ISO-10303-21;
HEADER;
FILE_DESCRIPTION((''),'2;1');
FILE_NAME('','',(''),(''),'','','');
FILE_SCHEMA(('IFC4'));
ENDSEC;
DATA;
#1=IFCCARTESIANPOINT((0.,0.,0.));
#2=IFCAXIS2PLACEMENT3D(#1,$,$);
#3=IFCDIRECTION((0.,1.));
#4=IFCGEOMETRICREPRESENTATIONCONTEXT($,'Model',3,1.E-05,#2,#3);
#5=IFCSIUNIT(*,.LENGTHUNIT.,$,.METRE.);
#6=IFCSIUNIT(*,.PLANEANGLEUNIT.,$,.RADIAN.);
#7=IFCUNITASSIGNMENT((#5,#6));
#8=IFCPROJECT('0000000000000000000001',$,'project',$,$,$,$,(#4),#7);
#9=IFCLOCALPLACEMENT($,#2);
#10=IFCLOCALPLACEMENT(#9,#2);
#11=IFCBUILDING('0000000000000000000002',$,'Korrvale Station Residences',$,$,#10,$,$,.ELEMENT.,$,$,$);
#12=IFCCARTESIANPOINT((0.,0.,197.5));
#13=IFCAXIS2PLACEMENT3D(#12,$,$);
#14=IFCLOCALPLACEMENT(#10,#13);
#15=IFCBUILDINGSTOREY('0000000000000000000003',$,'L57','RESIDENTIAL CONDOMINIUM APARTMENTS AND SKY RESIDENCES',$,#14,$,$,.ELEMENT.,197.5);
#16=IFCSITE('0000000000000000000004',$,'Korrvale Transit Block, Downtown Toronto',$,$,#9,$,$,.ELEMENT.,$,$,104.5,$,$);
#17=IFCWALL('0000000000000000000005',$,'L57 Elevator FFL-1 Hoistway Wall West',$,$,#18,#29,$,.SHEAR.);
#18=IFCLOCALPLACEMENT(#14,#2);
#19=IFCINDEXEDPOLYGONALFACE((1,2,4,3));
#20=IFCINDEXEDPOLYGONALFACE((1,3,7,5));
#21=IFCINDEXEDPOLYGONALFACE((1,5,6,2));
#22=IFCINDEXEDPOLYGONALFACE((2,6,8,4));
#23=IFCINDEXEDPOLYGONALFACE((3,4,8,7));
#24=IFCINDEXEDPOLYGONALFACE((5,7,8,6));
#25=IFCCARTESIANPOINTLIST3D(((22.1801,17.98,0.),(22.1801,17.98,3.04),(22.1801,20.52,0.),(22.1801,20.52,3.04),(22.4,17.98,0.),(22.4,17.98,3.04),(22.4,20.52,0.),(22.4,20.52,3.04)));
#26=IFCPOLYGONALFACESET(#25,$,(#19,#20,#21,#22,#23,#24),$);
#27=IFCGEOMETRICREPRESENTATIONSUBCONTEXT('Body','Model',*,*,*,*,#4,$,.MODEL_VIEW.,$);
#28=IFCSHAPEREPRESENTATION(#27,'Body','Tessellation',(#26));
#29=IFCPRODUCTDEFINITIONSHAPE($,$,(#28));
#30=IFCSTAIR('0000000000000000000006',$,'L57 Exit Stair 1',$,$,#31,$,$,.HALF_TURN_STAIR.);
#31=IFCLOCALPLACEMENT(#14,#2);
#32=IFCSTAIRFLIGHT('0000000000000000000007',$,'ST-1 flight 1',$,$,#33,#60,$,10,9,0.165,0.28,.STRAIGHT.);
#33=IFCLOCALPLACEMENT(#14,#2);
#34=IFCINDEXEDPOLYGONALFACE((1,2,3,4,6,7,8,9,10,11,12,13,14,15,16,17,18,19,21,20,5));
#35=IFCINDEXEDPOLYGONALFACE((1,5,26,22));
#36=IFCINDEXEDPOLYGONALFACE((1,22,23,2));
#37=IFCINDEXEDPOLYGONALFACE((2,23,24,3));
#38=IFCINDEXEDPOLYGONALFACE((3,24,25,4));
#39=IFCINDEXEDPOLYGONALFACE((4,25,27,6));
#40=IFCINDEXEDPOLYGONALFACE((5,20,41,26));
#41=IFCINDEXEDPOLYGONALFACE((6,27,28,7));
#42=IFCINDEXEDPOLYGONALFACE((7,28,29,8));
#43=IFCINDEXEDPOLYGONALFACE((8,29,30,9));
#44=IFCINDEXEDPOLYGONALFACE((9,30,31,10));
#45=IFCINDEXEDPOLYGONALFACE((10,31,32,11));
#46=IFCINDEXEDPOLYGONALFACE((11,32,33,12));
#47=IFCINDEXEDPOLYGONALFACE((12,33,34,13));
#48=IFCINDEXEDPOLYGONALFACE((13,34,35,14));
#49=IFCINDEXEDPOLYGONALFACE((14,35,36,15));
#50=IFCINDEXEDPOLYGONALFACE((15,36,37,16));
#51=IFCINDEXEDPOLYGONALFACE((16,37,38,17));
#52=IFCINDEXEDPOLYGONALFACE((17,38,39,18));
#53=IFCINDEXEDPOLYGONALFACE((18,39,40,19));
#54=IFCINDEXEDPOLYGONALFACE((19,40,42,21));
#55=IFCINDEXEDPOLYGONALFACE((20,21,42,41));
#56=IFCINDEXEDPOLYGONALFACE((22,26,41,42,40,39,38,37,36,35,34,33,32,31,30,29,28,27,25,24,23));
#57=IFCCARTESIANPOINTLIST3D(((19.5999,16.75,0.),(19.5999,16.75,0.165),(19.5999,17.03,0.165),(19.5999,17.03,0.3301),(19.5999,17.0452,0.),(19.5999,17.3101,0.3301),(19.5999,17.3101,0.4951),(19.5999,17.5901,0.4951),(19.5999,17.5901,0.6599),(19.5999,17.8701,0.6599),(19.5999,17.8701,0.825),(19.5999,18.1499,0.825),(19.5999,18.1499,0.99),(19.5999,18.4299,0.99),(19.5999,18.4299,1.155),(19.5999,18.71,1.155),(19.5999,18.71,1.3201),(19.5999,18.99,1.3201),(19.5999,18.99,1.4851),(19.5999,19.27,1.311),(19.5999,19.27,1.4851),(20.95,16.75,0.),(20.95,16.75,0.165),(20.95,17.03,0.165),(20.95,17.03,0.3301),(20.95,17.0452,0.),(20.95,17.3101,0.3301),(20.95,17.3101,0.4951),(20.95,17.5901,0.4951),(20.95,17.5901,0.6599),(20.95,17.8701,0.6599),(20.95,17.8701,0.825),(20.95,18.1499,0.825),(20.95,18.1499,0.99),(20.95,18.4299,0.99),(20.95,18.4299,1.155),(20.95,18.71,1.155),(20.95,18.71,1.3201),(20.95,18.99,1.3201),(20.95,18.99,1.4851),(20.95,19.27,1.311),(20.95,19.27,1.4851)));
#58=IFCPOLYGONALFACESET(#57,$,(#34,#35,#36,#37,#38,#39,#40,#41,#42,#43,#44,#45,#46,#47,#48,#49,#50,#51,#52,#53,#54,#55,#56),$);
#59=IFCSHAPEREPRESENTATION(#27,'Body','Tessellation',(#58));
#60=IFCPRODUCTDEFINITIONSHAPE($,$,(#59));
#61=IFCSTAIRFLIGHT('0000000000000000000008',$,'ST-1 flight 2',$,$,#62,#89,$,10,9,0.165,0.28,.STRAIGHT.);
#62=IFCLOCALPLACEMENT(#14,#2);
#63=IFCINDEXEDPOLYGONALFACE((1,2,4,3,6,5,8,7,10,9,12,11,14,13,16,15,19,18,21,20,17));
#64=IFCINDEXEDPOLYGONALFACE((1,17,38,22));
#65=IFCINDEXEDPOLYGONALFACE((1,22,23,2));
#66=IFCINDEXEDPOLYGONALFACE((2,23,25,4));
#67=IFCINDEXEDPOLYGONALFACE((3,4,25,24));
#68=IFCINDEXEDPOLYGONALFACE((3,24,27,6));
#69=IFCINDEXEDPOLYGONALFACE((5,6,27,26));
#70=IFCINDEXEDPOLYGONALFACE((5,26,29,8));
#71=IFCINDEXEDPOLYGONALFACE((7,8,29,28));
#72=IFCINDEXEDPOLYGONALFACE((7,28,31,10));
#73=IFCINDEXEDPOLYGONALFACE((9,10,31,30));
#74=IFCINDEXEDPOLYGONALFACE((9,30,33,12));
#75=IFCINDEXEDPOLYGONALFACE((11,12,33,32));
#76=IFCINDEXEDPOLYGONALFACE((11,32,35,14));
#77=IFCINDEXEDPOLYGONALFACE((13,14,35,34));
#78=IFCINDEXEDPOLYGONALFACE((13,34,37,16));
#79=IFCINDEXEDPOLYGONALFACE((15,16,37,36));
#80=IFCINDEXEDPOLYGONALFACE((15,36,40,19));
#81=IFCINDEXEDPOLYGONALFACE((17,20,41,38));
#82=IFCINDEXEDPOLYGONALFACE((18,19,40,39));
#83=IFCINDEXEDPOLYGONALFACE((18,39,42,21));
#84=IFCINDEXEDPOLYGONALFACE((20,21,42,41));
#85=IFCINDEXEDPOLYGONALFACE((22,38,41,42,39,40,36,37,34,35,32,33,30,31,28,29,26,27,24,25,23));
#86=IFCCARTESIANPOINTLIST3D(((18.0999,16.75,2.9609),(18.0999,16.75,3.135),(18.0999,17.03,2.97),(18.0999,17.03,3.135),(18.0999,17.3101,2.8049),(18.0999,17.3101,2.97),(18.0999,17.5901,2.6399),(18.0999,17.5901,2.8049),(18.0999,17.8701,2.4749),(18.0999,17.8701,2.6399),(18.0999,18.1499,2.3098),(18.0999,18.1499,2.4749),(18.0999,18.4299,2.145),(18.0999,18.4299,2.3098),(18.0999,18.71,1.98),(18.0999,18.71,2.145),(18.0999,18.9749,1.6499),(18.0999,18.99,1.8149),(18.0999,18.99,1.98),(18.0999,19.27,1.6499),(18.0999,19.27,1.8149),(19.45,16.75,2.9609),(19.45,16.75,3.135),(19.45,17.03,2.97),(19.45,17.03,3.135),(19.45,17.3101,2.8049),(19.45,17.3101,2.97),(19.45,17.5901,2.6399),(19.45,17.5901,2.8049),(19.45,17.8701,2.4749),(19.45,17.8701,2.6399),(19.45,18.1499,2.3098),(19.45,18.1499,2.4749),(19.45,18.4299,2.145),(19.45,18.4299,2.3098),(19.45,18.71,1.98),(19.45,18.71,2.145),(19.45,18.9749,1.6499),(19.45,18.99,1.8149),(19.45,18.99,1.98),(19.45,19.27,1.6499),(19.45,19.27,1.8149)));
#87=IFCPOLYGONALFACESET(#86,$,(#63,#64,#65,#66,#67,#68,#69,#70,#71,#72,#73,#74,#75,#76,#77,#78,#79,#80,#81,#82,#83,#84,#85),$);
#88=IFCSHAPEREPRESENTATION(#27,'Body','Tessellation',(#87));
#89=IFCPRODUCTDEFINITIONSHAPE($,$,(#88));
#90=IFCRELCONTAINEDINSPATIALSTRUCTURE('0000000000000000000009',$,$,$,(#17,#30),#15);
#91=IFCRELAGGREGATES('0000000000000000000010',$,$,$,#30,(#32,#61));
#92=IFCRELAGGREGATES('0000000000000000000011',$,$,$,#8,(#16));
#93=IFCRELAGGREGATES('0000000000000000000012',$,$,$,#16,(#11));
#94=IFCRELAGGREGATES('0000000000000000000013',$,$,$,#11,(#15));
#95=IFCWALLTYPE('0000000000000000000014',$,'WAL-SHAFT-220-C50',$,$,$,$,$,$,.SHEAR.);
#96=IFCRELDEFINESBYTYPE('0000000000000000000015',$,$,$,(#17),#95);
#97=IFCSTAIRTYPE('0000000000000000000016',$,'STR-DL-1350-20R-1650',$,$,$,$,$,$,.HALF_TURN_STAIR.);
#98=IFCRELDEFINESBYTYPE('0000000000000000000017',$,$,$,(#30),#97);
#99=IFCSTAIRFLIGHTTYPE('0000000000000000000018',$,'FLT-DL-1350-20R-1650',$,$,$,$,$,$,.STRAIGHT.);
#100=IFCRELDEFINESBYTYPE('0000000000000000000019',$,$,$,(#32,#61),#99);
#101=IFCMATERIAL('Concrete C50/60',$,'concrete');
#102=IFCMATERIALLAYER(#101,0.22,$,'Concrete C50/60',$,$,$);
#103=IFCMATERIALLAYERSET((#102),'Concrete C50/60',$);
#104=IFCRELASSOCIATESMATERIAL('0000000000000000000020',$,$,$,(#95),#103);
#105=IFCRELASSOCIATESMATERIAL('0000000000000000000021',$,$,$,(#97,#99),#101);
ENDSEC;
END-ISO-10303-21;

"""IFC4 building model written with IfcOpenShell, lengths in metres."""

from ifc_helpers import new_model, si_unit, direction, frame, frame_2d, origin, place, context, subcontext, project, spatial, polyline, rectangle, outline, extrude, material, layer, layer_set, type_object, element, aggregate, save


model = new_model("IFC4")

# Units and contexts
model_context = context("Model", 3, precision=1e-05, world=origin(), true_north=direction((0.0, 1.0)))
body_context = subcontext(model_context, "Body", "Model", "MODEL_VIEW")
ifc_project = project(units=[si_unit("LENGTHUNIT", "METRE"), si_unit("PLANEANGLEUNIT", "RADIAN")], contexts=[model_context])

# Site, building, storey
site_placement = place(None, origin())
site = spatial("IfcSite", under=ifc_project, at=site_placement, Name="Korrvale Transit Block, Downtown Toronto", CompositionType="ELEMENT", RefElevation=104.5)
building_placement = place(site_placement, origin())
building = spatial("IfcBuilding", under=site, at=building_placement, Name="Korrvale Station Residences", CompositionType="ELEMENT")
storey_placement = place(building_placement, frame((0.0, 0.0, 197.5)))
storey = spatial("IfcBuildingStorey", under=building, at=storey_placement, Name="L57", Description="RESIDENTIAL CONDOMINIUM APARTMENTS AND SKY RESIDENCES", CompositionType="ELEMENT", Elevation=197.5)

# Shared definitions
ifc_material_1 = material(Name="Concrete C50/60", Category="concrete")

# Shared definitions
ifc_layer_1 = layer(ifc_material_1, 0.22, Name="Concrete C50/60")
ifc_layer_set_1 = layer_set([ifc_layer_1], Name="Concrete C50/60")
wall_type_1 = type_object("IfcWallType", Name="WAL-SHAFT-220-C50", PredefinedType="SHEAR", material=ifc_layer_set_1)

# Wall
wall_1_placement = place(storey_placement, frame((22.29, 17.98, 0.0), z_axis=(0.0, 0.0, 1.0), x_axis=(0.0, 1.0, 0.0)))
element("IfcWall", 1, at=wall_1_placement, inside=storey, type_object=wall_type_1, Name="L57 Elevator FFL-1 Hoistway Wall West", PredefinedType="SHEAR", context=body_context, shape_type="SweptSolid", body=[
    extrude(rectangle(XDim=2.54, YDim=0.22, at=frame_2d((1.27, 0.0))), origin(), (0.0, 0.0, 1.0), 3.04),
])

# Stair, stair flights
stair_type = type_object("IfcStairType", Name="STR-DL-1350-20R-1650", PredefinedType="HALF_TURN_STAIR", material=ifc_material_1)
stair_placement = place(storey_placement, origin())
stair = element("IfcStair", 2, at=stair_placement, inside=storey, type_object=stair_type, Name="L57 Exit Stair 1", PredefinedType="HALF_TURN_STAIR")
stair_flight_type = type_object("IfcStairFlightType", Name="FLT-DL-1350-20R-1650", PredefinedType="STRAIGHT", material=ifc_material_1)
stair_flight_1_placement = place(storey_placement, frame((20.2749, 16.75, 0.0), z_axis=(0.0, 0.0, 1.0), x_axis=(0.0, 1.0, 0.0)))
stair_flight_1 = element("IfcStairFlight", 3, at=stair_flight_1_placement, type_object=stair_flight_type, Name="ST-1 flight 1", NumberOfRisers=10, NumberOfTreads=9, PredefinedType="STRAIGHT", RiserHeight=0.165, TreadLength=0.28, context=body_context, shape_type="SweptSolid", body=[
    extrude(outline(polyline([(0.0, 0.0), (0.0, 0.165), (0.28, 0.165), (0.28, 0.3301), (0.5601, 0.3301), (0.5601, 0.4951), (0.8401, 0.4951), (0.8401, 0.6599), (1.1201, 0.6599), (1.1201, 0.825), (1.3999, 0.825), (1.3999, 0.99), (1.6799, 0.99), (1.6799, 1.155), (1.96, 1.155), (1.96, 1.3201), (2.24, 1.3201), (2.24, 1.4851), (2.52, 1.4851), (2.52, 1.6499), (2.52, 1.311), (0.2952, 0.0), (0.0, 0.0)])), frame((0.0, 0.675, 0.0), z_axis=(0.0, -1.0, 0.0), x_axis=(1.0, 0.0, 0.0)), (0.0, 0.0, 1.0), 1.3501),
])
stair_flight_2_placement = place(storey_placement, frame((18.7749, 19.27, 1.6499), z_axis=(0.0, 0.0, 1.0), x_axis=(0.0, -1.0, 0.0)))
stair_flight_2 = element("IfcStairFlight", 4, at=stair_flight_2_placement, type_object=stair_flight_type, Name="ST-1 flight 2", NumberOfRisers=10, NumberOfTreads=9, PredefinedType="STRAIGHT", RiserHeight=0.165, TreadLength=0.28, context=body_context, shape_type="SweptSolid", body=[
    extrude(outline(polyline([(0.0, 0.0), (0.0, 0.165), (0.28, 0.165), (0.28, 0.3301), (0.5601, 0.3301), (0.5601, 0.4951), (0.8401, 0.4951), (0.8401, 0.6599), (1.1201, 0.6599), (1.1201, 0.825), (1.3999, 0.825), (1.3999, 0.99), (1.6799, 0.99), (1.6799, 1.155), (1.96, 1.155), (1.96, 1.3201), (2.24, 1.3201), (2.24, 1.4851), (2.52, 1.4851), (2.52, 1.6499), (2.52, 1.311), (0.2952, 0.0), (0.0, 0.0)])), frame((0.0, 0.675, 0.0), z_axis=(0.0, -1.0, 0.0), x_axis=(1.0, 0.0, 0.0)), (0.0, 0.0, 1.0), 1.3501),
])
aggregate(stair, [stair_flight_1, stair_flight_2])

save(model, "model.ifc")
